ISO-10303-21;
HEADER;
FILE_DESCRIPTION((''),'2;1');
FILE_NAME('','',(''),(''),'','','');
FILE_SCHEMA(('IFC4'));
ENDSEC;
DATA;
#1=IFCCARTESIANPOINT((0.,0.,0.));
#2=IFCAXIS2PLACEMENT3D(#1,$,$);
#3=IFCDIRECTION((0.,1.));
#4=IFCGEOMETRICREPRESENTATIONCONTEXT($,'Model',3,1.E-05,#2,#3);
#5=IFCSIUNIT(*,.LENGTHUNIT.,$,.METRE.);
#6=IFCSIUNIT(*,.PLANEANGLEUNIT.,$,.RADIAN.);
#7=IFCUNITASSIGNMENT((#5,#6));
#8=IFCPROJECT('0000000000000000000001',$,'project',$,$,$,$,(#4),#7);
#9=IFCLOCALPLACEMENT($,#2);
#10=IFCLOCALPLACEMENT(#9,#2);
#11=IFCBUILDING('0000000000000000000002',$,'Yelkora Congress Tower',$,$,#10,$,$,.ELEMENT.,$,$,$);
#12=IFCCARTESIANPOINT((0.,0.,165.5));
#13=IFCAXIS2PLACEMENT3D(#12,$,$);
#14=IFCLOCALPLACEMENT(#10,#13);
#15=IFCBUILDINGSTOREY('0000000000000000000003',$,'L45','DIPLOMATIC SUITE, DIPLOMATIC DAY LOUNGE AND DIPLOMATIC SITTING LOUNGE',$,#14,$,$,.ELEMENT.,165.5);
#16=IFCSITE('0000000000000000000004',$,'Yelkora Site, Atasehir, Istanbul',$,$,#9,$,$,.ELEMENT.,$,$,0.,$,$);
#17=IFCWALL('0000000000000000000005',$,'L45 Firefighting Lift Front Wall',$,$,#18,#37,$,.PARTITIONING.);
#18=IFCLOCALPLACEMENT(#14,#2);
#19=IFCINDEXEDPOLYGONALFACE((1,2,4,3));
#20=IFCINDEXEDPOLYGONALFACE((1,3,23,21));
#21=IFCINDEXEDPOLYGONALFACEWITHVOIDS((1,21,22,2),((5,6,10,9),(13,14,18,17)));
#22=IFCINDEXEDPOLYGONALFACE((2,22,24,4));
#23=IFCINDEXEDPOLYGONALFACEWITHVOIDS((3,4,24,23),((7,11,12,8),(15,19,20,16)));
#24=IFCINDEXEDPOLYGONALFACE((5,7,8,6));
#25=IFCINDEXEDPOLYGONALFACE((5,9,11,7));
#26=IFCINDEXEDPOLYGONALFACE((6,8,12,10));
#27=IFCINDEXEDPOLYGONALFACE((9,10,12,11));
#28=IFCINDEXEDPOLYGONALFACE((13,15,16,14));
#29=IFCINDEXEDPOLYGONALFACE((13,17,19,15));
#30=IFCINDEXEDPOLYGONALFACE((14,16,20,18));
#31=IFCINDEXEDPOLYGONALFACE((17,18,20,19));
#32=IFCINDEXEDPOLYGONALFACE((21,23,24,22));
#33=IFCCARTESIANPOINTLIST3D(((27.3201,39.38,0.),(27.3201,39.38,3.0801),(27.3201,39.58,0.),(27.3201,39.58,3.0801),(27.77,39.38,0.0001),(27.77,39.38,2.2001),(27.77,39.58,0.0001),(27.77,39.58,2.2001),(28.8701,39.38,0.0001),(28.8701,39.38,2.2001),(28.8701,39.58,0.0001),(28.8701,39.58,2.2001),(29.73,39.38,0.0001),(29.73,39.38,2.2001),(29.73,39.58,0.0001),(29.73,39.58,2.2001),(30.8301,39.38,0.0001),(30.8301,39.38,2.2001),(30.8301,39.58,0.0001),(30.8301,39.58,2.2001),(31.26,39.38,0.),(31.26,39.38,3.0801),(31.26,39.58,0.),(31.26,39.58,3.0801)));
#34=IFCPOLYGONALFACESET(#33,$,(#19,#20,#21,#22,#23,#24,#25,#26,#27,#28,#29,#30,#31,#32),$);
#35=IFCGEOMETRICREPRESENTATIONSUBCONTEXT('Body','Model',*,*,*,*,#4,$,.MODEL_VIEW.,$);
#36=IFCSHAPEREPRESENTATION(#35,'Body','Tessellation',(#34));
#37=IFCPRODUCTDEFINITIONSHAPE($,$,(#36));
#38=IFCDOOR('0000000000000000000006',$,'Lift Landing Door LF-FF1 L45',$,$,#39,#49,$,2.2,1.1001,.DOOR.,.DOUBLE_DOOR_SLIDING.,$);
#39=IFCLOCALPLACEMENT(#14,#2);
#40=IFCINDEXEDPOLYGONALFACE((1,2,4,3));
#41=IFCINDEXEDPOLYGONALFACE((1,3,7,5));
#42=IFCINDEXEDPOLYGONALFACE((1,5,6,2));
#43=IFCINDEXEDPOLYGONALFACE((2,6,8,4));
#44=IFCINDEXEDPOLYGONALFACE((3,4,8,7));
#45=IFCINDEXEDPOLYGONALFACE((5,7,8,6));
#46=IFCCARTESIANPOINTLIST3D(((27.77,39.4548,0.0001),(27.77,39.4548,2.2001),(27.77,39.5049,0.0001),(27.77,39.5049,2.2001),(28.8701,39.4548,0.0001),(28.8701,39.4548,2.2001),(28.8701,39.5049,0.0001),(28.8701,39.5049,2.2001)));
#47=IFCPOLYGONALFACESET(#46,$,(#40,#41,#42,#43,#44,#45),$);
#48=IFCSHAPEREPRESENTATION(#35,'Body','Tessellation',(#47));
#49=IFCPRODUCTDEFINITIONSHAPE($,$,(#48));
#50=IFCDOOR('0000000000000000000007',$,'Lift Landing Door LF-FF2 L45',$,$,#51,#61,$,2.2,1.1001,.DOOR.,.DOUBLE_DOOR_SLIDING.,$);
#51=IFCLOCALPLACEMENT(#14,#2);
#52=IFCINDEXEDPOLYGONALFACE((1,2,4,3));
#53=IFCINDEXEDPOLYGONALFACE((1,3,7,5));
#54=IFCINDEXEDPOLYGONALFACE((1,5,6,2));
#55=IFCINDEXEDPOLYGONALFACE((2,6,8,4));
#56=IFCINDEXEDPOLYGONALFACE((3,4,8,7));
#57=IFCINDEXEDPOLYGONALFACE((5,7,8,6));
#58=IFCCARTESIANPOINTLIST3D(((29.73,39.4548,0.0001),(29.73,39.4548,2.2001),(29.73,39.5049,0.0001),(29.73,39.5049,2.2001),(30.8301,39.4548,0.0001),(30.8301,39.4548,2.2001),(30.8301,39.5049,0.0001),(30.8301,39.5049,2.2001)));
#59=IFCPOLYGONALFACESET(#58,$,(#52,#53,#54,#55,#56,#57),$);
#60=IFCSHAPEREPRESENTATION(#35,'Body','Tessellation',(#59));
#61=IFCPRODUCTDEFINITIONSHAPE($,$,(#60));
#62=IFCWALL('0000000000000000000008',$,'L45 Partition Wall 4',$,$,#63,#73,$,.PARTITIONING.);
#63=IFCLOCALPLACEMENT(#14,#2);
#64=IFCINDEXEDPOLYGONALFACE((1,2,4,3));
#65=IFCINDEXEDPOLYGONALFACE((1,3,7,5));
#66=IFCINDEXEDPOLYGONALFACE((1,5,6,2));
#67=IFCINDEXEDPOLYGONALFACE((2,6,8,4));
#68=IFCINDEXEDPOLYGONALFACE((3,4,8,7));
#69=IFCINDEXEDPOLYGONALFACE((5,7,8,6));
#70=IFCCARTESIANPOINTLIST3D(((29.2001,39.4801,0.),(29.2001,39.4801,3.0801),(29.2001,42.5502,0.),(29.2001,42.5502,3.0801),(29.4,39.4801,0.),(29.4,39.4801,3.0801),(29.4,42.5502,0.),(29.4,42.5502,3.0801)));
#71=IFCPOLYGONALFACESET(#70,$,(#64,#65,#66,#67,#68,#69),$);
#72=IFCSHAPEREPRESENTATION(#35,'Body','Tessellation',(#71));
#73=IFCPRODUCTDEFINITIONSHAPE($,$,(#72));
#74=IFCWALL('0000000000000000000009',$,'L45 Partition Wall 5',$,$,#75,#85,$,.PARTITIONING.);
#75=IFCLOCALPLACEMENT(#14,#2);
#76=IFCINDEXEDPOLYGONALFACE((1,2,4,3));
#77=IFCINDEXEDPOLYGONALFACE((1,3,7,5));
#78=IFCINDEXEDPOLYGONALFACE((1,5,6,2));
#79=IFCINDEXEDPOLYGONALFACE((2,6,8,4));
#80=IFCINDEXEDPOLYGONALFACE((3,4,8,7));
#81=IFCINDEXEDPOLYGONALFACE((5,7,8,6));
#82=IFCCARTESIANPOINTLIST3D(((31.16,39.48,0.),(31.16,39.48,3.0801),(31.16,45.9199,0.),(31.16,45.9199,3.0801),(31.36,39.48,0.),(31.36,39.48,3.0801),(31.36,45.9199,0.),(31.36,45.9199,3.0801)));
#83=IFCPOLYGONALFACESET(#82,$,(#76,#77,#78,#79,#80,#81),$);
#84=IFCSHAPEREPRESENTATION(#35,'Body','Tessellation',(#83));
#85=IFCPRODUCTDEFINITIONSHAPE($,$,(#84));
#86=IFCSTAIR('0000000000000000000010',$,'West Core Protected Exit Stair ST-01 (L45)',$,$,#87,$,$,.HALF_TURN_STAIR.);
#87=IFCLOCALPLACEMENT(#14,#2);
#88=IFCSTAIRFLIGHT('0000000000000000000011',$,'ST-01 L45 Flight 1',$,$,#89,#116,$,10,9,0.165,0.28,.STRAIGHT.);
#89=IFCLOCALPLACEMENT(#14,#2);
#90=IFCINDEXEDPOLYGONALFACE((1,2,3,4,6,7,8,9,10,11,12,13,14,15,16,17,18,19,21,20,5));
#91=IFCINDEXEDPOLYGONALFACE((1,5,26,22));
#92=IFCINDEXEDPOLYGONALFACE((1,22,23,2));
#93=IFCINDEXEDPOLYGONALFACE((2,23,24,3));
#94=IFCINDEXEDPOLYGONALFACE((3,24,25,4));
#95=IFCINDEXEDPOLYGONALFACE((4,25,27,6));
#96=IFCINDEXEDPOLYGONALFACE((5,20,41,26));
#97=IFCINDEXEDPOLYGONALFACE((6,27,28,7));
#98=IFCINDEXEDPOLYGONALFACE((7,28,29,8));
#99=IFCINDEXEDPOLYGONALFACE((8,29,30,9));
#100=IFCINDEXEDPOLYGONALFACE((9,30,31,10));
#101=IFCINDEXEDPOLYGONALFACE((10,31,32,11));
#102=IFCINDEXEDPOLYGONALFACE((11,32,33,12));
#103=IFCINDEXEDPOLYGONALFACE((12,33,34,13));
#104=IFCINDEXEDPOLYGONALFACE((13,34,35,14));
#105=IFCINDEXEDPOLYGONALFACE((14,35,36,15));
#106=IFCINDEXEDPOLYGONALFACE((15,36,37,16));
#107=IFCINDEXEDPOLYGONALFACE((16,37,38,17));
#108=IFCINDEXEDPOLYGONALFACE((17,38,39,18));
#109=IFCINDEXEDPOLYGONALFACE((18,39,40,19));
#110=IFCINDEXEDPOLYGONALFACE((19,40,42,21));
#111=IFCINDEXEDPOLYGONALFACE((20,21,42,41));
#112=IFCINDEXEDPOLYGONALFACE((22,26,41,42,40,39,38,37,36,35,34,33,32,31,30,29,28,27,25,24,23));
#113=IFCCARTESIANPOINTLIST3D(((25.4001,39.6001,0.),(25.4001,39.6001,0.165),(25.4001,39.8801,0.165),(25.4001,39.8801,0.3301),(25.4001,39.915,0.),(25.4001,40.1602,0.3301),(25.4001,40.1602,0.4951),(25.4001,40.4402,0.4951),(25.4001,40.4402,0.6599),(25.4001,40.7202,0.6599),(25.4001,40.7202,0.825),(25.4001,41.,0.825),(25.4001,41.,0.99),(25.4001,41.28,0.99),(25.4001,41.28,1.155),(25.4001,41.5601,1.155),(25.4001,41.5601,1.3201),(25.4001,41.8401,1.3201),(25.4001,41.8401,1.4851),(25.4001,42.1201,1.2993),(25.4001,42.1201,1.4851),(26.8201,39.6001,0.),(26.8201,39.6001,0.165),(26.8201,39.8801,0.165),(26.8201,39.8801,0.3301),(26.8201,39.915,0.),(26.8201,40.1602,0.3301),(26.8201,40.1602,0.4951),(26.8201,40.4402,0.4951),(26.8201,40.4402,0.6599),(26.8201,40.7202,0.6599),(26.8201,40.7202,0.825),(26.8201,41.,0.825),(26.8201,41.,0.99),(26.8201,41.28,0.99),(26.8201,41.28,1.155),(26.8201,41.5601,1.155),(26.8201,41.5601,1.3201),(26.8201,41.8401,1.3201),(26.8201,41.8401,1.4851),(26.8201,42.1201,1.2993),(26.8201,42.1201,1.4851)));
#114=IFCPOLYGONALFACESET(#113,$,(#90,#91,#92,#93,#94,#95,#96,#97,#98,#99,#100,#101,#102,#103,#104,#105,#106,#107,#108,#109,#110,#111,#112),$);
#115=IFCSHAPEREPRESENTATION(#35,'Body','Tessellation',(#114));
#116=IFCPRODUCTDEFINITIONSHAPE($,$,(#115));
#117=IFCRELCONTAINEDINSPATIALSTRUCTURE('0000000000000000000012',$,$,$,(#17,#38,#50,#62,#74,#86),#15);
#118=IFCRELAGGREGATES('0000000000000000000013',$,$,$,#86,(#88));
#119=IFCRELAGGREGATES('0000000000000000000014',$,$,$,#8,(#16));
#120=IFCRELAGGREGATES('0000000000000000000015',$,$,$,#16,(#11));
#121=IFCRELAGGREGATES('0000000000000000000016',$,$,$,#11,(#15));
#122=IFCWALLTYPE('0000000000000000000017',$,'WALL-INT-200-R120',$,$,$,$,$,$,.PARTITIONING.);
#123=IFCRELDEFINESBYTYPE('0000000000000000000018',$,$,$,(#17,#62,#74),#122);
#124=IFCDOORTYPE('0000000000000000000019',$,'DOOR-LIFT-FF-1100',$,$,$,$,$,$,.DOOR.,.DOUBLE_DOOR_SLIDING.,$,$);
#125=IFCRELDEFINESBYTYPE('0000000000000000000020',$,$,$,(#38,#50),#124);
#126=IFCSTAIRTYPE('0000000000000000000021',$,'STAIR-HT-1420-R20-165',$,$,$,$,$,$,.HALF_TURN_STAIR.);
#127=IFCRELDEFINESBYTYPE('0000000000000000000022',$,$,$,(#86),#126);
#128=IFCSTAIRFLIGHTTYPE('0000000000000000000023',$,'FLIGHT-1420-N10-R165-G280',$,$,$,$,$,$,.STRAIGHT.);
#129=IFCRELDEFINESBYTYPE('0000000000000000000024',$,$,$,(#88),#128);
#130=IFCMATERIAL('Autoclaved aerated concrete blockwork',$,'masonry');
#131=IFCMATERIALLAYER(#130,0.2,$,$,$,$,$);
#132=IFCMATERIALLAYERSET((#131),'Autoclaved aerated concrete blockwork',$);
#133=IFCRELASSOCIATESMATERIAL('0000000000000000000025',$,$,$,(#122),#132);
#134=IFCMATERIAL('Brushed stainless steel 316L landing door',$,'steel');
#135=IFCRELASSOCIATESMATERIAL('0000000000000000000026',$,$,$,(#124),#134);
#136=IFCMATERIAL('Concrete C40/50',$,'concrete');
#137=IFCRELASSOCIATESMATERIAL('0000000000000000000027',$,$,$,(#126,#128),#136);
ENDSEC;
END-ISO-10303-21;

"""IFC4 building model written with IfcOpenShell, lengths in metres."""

from ifc_helpers import new_model, si_unit, direction, frame, frame_2d, origin, place, context, subcontext, project, spatial, polyline, rectangle, outline, extrude, material, layer, layer_set, type_object, element, fill, aggregate, save


model = new_model("IFC4")

# Units and contexts
model_context = context("Model", 3, precision=1e-05, world=origin(), true_north=direction((0.0, 1.0)))
body_context = subcontext(model_context, "Body", "Model", "MODEL_VIEW")
ifc_project = project(units=[si_unit("LENGTHUNIT", "METRE"), si_unit("PLANEANGLEUNIT", "RADIAN")], contexts=[model_context])

# Site, building, storey
site_placement = place(None, origin())
site = spatial("IfcSite", under=ifc_project, at=site_placement, Name="Yelkora Site, Atasehir, Istanbul", CompositionType="ELEMENT", RefElevation=0.0)
building_placement = place(site_placement, origin())
building = spatial("IfcBuilding", under=site, at=building_placement, Name="Yelkora Congress Tower", CompositionType="ELEMENT")
storey_placement = place(building_placement, frame((0.0, 0.0, 165.5)))
storey = spatial("IfcBuildingStorey", under=building, at=storey_placement, Name="L45", Description="DIPLOMATIC SUITE, DIPLOMATIC DAY LOUNGE AND DIPLOMATIC SITTING LOUNGE", CompositionType="ELEMENT", Elevation=165.5)

# Shared definitions
ifc_material_1 = material(Name="Autoclaved aerated concrete blockwork", Category="masonry")
ifc_layer_1 = layer(ifc_material_1, 0.2)
ifc_layer_set_1 = layer_set([ifc_layer_1], Name="Autoclaved aerated concrete blockwork")
wall_type_1 = type_object("IfcWallType", Name="WALL-INT-200-R120", PredefinedType="PARTITIONING", material=ifc_layer_set_1)

# Wall, openings, doors
wall_1_placement = place(storey_placement, frame((27.3201, 39.48, 0.0), z_axis=(0.0, 0.0, 1.0), x_axis=(1.0, 0.0, 0.0)))
wall_1 = element("IfcWall", 1, at=wall_1_placement, inside=storey, type_object=wall_type_1, Name="L45 Firefighting Lift Front Wall", PredefinedType="PARTITIONING", context=body_context, shape_type="SweptSolid", body=[
    extrude(rectangle(XDim=3.9399, YDim=0.2, at=frame_2d((1.97, 0.0))), origin(), (0.0, 0.0, 1.0), 3.0801),
])
opening_1_placement = place(wall_1_placement, frame((0.45, 0.0, 0.0)))
opening_1 = element("IfcOpeningElement", 2, at=opening_1_placement, cuts=wall_1, PredefinedType="OPENING", context=body_context, shape_type="SweptSolid", body=[
    extrude(rectangle(XDim=1.1001, YDim=2.2, at=frame_2d((0.55, 1.1001))), frame((0.0, 0.1099, 0.0), z_axis=(0.0, -1.0, 0.0), x_axis=(1.0, 0.0, 0.0)), (0.0, 0.0, 1.0), 0.22),
])
opening_2_placement = place(wall_1_placement, frame((2.4099, 0.0, 0.0)))
opening_2 = element("IfcOpeningElement", 3, at=opening_2_placement, cuts=wall_1, PredefinedType="OPENING", context=body_context, shape_type="SweptSolid", body=[
    extrude(rectangle(XDim=1.1001, YDim=2.2, at=frame_2d((0.55, 1.1001))), frame((0.0, 0.1099, 0.0), z_axis=(0.0, -1.0, 0.0), x_axis=(1.0, 0.0, 0.0)), (0.0, 0.0, 1.0), 0.22),
])
ifc_material_2 = material(Name="Brushed stainless steel 316L landing door", Category="steel")
door_type_1 = type_object("IfcDoorType", Name="DOOR-LIFT-FF-1100", OperationType="DOUBLE_DOOR_SLIDING", PredefinedType="DOOR", material=ifc_material_2)
door_1_placement = place(opening_1_placement, origin())
door_1 = element("IfcDoor", 4, at=door_1_placement, inside=storey, type_object=door_type_1, Name="Lift Landing Door LF-FF1 L45", OperationType="DOUBLE_DOOR_SLIDING", OverallHeight=2.2, OverallWidth=1.1001, PredefinedType="DOOR", context=body_context, shape_type="SweptSolid", body=[
    extrude(rectangle(XDim=1.1001, YDim=2.2, at=frame_2d((0.55, 1.1001))), frame((0.0, 0.0249, 0.0), z_axis=(0.0, -1.0, 0.0), x_axis=(1.0, 0.0, 0.0)), (0.0, 0.0, 1.0), 0.05),
])
fill(opening_1, door_1)
door_2_placement = place(opening_2_placement, origin())
door_2 = element("IfcDoor", 5, at=door_2_placement, inside=storey, type_object=door_type_1, Name="Lift Landing Door LF-FF2 L45", OperationType="DOUBLE_DOOR_SLIDING", OverallHeight=2.2, OverallWidth=1.1001, PredefinedType="DOOR", context=body_context, shape_type="SweptSolid", body=[
    extrude(rectangle(XDim=1.1001, YDim=2.2, at=frame_2d((0.55, 1.1001))), frame((0.0, 0.0249, 0.0), z_axis=(0.0, -1.0, 0.0), x_axis=(1.0, 0.0, 0.0)), (0.0, 0.0, 1.0), 0.05),
])
fill(opening_2, door_2)

# Walls
wall_2_placement = place(storey_placement, frame((29.3, 39.48, 0.0), z_axis=(0.0, 0.0, 1.0), x_axis=(0.0, 1.0, 0.0)))
element("IfcWall", 6, at=wall_2_placement, inside=storey, type_object=wall_type_1, Name="L45 Partition Wall 4", PredefinedType="PARTITIONING", context=body_context, shape_type="SweptSolid", body=[
    extrude(rectangle(XDim=3.0701, YDim=0.2, at=frame_2d((1.5352, 0.0))), origin(), (0.0, 0.0, 1.0), 3.0801),
])
wall_3_placement = place(storey_placement, frame((31.26, 39.48, 0.0), z_axis=(0.0, 0.0, 1.0), x_axis=(0.0, 1.0, 0.0)))
element("IfcWall", 7, at=wall_3_placement, inside=storey, type_object=wall_type_1, Name="L45 Partition Wall 5", PredefinedType="PARTITIONING", context=body_context, shape_type="SweptSolid", body=[
    extrude(rectangle(XDim=6.4399, YDim=0.2, at=frame_2d((3.22, 0.0))), origin(), (0.0, 0.0, 1.0), 3.0801),
])

# Stair, stair flight
ifc_material_3 = material(Name="Concrete C40/50", Category="concrete")
stair_type = type_object("IfcStairType", Name="STAIR-HT-1420-R20-165", PredefinedType="HALF_TURN_STAIR", material=ifc_material_3)
stair_placement = place(storey_placement, origin())
stair = element("IfcStair", 8, at=stair_placement, inside=storey, type_object=stair_type, Name="West Core Protected Exit Stair ST-01 (L45)", PredefinedType="HALF_TURN_STAIR")
stair_flight_type = type_object("IfcStairFlightType", Name="FLIGHT-1420-N10-R165-G280", PredefinedType="STRAIGHT", material=ifc_material_3)
stair_flight_placement = place(storey_placement, frame((26.1101, 39.6001, 0.0), z_axis=(0.0, 0.0, 1.0), x_axis=(0.0, 1.0, 0.0)))
stair_flight = element("IfcStairFlight", 9, at=stair_flight_placement, type_object=stair_flight_type, Name="ST-01 L45 Flight 1", NumberOfRisers=10, NumberOfTreads=9, PredefinedType="STRAIGHT", RiserHeight=0.165, TreadLength=0.28, context=body_context, shape_type="SweptSolid", body=[
    extrude(outline(polyline([(0.0, 0.0), (0.0, 0.165), (0.28, 0.165), (0.28, 0.3301), (0.5601, 0.3301), (0.5601, 0.4951), (0.8401, 0.4951), (0.8401, 0.6599), (1.1201, 0.6599), (1.1201, 0.825), (1.3999, 0.825), (1.3999, 0.99), (1.6799, 0.99), (1.6799, 1.155), (1.96, 1.155), (1.96, 1.3201), (2.24, 1.3201), (2.24, 1.4851), (2.52, 1.4851), (2.52, 1.6499), (2.52, 1.2993), (0.3149, 0.0), (0.0, 0.0)])), frame((0.0, 0.71, 0.0), z_axis=(0.0, -1.0, 0.0), x_axis=(1.0, 0.0, 0.0)), (0.0, 0.0, 1.0), 1.4199),
])
aggregate(stair, [stair_flight])

save(model, "model.ifc")
